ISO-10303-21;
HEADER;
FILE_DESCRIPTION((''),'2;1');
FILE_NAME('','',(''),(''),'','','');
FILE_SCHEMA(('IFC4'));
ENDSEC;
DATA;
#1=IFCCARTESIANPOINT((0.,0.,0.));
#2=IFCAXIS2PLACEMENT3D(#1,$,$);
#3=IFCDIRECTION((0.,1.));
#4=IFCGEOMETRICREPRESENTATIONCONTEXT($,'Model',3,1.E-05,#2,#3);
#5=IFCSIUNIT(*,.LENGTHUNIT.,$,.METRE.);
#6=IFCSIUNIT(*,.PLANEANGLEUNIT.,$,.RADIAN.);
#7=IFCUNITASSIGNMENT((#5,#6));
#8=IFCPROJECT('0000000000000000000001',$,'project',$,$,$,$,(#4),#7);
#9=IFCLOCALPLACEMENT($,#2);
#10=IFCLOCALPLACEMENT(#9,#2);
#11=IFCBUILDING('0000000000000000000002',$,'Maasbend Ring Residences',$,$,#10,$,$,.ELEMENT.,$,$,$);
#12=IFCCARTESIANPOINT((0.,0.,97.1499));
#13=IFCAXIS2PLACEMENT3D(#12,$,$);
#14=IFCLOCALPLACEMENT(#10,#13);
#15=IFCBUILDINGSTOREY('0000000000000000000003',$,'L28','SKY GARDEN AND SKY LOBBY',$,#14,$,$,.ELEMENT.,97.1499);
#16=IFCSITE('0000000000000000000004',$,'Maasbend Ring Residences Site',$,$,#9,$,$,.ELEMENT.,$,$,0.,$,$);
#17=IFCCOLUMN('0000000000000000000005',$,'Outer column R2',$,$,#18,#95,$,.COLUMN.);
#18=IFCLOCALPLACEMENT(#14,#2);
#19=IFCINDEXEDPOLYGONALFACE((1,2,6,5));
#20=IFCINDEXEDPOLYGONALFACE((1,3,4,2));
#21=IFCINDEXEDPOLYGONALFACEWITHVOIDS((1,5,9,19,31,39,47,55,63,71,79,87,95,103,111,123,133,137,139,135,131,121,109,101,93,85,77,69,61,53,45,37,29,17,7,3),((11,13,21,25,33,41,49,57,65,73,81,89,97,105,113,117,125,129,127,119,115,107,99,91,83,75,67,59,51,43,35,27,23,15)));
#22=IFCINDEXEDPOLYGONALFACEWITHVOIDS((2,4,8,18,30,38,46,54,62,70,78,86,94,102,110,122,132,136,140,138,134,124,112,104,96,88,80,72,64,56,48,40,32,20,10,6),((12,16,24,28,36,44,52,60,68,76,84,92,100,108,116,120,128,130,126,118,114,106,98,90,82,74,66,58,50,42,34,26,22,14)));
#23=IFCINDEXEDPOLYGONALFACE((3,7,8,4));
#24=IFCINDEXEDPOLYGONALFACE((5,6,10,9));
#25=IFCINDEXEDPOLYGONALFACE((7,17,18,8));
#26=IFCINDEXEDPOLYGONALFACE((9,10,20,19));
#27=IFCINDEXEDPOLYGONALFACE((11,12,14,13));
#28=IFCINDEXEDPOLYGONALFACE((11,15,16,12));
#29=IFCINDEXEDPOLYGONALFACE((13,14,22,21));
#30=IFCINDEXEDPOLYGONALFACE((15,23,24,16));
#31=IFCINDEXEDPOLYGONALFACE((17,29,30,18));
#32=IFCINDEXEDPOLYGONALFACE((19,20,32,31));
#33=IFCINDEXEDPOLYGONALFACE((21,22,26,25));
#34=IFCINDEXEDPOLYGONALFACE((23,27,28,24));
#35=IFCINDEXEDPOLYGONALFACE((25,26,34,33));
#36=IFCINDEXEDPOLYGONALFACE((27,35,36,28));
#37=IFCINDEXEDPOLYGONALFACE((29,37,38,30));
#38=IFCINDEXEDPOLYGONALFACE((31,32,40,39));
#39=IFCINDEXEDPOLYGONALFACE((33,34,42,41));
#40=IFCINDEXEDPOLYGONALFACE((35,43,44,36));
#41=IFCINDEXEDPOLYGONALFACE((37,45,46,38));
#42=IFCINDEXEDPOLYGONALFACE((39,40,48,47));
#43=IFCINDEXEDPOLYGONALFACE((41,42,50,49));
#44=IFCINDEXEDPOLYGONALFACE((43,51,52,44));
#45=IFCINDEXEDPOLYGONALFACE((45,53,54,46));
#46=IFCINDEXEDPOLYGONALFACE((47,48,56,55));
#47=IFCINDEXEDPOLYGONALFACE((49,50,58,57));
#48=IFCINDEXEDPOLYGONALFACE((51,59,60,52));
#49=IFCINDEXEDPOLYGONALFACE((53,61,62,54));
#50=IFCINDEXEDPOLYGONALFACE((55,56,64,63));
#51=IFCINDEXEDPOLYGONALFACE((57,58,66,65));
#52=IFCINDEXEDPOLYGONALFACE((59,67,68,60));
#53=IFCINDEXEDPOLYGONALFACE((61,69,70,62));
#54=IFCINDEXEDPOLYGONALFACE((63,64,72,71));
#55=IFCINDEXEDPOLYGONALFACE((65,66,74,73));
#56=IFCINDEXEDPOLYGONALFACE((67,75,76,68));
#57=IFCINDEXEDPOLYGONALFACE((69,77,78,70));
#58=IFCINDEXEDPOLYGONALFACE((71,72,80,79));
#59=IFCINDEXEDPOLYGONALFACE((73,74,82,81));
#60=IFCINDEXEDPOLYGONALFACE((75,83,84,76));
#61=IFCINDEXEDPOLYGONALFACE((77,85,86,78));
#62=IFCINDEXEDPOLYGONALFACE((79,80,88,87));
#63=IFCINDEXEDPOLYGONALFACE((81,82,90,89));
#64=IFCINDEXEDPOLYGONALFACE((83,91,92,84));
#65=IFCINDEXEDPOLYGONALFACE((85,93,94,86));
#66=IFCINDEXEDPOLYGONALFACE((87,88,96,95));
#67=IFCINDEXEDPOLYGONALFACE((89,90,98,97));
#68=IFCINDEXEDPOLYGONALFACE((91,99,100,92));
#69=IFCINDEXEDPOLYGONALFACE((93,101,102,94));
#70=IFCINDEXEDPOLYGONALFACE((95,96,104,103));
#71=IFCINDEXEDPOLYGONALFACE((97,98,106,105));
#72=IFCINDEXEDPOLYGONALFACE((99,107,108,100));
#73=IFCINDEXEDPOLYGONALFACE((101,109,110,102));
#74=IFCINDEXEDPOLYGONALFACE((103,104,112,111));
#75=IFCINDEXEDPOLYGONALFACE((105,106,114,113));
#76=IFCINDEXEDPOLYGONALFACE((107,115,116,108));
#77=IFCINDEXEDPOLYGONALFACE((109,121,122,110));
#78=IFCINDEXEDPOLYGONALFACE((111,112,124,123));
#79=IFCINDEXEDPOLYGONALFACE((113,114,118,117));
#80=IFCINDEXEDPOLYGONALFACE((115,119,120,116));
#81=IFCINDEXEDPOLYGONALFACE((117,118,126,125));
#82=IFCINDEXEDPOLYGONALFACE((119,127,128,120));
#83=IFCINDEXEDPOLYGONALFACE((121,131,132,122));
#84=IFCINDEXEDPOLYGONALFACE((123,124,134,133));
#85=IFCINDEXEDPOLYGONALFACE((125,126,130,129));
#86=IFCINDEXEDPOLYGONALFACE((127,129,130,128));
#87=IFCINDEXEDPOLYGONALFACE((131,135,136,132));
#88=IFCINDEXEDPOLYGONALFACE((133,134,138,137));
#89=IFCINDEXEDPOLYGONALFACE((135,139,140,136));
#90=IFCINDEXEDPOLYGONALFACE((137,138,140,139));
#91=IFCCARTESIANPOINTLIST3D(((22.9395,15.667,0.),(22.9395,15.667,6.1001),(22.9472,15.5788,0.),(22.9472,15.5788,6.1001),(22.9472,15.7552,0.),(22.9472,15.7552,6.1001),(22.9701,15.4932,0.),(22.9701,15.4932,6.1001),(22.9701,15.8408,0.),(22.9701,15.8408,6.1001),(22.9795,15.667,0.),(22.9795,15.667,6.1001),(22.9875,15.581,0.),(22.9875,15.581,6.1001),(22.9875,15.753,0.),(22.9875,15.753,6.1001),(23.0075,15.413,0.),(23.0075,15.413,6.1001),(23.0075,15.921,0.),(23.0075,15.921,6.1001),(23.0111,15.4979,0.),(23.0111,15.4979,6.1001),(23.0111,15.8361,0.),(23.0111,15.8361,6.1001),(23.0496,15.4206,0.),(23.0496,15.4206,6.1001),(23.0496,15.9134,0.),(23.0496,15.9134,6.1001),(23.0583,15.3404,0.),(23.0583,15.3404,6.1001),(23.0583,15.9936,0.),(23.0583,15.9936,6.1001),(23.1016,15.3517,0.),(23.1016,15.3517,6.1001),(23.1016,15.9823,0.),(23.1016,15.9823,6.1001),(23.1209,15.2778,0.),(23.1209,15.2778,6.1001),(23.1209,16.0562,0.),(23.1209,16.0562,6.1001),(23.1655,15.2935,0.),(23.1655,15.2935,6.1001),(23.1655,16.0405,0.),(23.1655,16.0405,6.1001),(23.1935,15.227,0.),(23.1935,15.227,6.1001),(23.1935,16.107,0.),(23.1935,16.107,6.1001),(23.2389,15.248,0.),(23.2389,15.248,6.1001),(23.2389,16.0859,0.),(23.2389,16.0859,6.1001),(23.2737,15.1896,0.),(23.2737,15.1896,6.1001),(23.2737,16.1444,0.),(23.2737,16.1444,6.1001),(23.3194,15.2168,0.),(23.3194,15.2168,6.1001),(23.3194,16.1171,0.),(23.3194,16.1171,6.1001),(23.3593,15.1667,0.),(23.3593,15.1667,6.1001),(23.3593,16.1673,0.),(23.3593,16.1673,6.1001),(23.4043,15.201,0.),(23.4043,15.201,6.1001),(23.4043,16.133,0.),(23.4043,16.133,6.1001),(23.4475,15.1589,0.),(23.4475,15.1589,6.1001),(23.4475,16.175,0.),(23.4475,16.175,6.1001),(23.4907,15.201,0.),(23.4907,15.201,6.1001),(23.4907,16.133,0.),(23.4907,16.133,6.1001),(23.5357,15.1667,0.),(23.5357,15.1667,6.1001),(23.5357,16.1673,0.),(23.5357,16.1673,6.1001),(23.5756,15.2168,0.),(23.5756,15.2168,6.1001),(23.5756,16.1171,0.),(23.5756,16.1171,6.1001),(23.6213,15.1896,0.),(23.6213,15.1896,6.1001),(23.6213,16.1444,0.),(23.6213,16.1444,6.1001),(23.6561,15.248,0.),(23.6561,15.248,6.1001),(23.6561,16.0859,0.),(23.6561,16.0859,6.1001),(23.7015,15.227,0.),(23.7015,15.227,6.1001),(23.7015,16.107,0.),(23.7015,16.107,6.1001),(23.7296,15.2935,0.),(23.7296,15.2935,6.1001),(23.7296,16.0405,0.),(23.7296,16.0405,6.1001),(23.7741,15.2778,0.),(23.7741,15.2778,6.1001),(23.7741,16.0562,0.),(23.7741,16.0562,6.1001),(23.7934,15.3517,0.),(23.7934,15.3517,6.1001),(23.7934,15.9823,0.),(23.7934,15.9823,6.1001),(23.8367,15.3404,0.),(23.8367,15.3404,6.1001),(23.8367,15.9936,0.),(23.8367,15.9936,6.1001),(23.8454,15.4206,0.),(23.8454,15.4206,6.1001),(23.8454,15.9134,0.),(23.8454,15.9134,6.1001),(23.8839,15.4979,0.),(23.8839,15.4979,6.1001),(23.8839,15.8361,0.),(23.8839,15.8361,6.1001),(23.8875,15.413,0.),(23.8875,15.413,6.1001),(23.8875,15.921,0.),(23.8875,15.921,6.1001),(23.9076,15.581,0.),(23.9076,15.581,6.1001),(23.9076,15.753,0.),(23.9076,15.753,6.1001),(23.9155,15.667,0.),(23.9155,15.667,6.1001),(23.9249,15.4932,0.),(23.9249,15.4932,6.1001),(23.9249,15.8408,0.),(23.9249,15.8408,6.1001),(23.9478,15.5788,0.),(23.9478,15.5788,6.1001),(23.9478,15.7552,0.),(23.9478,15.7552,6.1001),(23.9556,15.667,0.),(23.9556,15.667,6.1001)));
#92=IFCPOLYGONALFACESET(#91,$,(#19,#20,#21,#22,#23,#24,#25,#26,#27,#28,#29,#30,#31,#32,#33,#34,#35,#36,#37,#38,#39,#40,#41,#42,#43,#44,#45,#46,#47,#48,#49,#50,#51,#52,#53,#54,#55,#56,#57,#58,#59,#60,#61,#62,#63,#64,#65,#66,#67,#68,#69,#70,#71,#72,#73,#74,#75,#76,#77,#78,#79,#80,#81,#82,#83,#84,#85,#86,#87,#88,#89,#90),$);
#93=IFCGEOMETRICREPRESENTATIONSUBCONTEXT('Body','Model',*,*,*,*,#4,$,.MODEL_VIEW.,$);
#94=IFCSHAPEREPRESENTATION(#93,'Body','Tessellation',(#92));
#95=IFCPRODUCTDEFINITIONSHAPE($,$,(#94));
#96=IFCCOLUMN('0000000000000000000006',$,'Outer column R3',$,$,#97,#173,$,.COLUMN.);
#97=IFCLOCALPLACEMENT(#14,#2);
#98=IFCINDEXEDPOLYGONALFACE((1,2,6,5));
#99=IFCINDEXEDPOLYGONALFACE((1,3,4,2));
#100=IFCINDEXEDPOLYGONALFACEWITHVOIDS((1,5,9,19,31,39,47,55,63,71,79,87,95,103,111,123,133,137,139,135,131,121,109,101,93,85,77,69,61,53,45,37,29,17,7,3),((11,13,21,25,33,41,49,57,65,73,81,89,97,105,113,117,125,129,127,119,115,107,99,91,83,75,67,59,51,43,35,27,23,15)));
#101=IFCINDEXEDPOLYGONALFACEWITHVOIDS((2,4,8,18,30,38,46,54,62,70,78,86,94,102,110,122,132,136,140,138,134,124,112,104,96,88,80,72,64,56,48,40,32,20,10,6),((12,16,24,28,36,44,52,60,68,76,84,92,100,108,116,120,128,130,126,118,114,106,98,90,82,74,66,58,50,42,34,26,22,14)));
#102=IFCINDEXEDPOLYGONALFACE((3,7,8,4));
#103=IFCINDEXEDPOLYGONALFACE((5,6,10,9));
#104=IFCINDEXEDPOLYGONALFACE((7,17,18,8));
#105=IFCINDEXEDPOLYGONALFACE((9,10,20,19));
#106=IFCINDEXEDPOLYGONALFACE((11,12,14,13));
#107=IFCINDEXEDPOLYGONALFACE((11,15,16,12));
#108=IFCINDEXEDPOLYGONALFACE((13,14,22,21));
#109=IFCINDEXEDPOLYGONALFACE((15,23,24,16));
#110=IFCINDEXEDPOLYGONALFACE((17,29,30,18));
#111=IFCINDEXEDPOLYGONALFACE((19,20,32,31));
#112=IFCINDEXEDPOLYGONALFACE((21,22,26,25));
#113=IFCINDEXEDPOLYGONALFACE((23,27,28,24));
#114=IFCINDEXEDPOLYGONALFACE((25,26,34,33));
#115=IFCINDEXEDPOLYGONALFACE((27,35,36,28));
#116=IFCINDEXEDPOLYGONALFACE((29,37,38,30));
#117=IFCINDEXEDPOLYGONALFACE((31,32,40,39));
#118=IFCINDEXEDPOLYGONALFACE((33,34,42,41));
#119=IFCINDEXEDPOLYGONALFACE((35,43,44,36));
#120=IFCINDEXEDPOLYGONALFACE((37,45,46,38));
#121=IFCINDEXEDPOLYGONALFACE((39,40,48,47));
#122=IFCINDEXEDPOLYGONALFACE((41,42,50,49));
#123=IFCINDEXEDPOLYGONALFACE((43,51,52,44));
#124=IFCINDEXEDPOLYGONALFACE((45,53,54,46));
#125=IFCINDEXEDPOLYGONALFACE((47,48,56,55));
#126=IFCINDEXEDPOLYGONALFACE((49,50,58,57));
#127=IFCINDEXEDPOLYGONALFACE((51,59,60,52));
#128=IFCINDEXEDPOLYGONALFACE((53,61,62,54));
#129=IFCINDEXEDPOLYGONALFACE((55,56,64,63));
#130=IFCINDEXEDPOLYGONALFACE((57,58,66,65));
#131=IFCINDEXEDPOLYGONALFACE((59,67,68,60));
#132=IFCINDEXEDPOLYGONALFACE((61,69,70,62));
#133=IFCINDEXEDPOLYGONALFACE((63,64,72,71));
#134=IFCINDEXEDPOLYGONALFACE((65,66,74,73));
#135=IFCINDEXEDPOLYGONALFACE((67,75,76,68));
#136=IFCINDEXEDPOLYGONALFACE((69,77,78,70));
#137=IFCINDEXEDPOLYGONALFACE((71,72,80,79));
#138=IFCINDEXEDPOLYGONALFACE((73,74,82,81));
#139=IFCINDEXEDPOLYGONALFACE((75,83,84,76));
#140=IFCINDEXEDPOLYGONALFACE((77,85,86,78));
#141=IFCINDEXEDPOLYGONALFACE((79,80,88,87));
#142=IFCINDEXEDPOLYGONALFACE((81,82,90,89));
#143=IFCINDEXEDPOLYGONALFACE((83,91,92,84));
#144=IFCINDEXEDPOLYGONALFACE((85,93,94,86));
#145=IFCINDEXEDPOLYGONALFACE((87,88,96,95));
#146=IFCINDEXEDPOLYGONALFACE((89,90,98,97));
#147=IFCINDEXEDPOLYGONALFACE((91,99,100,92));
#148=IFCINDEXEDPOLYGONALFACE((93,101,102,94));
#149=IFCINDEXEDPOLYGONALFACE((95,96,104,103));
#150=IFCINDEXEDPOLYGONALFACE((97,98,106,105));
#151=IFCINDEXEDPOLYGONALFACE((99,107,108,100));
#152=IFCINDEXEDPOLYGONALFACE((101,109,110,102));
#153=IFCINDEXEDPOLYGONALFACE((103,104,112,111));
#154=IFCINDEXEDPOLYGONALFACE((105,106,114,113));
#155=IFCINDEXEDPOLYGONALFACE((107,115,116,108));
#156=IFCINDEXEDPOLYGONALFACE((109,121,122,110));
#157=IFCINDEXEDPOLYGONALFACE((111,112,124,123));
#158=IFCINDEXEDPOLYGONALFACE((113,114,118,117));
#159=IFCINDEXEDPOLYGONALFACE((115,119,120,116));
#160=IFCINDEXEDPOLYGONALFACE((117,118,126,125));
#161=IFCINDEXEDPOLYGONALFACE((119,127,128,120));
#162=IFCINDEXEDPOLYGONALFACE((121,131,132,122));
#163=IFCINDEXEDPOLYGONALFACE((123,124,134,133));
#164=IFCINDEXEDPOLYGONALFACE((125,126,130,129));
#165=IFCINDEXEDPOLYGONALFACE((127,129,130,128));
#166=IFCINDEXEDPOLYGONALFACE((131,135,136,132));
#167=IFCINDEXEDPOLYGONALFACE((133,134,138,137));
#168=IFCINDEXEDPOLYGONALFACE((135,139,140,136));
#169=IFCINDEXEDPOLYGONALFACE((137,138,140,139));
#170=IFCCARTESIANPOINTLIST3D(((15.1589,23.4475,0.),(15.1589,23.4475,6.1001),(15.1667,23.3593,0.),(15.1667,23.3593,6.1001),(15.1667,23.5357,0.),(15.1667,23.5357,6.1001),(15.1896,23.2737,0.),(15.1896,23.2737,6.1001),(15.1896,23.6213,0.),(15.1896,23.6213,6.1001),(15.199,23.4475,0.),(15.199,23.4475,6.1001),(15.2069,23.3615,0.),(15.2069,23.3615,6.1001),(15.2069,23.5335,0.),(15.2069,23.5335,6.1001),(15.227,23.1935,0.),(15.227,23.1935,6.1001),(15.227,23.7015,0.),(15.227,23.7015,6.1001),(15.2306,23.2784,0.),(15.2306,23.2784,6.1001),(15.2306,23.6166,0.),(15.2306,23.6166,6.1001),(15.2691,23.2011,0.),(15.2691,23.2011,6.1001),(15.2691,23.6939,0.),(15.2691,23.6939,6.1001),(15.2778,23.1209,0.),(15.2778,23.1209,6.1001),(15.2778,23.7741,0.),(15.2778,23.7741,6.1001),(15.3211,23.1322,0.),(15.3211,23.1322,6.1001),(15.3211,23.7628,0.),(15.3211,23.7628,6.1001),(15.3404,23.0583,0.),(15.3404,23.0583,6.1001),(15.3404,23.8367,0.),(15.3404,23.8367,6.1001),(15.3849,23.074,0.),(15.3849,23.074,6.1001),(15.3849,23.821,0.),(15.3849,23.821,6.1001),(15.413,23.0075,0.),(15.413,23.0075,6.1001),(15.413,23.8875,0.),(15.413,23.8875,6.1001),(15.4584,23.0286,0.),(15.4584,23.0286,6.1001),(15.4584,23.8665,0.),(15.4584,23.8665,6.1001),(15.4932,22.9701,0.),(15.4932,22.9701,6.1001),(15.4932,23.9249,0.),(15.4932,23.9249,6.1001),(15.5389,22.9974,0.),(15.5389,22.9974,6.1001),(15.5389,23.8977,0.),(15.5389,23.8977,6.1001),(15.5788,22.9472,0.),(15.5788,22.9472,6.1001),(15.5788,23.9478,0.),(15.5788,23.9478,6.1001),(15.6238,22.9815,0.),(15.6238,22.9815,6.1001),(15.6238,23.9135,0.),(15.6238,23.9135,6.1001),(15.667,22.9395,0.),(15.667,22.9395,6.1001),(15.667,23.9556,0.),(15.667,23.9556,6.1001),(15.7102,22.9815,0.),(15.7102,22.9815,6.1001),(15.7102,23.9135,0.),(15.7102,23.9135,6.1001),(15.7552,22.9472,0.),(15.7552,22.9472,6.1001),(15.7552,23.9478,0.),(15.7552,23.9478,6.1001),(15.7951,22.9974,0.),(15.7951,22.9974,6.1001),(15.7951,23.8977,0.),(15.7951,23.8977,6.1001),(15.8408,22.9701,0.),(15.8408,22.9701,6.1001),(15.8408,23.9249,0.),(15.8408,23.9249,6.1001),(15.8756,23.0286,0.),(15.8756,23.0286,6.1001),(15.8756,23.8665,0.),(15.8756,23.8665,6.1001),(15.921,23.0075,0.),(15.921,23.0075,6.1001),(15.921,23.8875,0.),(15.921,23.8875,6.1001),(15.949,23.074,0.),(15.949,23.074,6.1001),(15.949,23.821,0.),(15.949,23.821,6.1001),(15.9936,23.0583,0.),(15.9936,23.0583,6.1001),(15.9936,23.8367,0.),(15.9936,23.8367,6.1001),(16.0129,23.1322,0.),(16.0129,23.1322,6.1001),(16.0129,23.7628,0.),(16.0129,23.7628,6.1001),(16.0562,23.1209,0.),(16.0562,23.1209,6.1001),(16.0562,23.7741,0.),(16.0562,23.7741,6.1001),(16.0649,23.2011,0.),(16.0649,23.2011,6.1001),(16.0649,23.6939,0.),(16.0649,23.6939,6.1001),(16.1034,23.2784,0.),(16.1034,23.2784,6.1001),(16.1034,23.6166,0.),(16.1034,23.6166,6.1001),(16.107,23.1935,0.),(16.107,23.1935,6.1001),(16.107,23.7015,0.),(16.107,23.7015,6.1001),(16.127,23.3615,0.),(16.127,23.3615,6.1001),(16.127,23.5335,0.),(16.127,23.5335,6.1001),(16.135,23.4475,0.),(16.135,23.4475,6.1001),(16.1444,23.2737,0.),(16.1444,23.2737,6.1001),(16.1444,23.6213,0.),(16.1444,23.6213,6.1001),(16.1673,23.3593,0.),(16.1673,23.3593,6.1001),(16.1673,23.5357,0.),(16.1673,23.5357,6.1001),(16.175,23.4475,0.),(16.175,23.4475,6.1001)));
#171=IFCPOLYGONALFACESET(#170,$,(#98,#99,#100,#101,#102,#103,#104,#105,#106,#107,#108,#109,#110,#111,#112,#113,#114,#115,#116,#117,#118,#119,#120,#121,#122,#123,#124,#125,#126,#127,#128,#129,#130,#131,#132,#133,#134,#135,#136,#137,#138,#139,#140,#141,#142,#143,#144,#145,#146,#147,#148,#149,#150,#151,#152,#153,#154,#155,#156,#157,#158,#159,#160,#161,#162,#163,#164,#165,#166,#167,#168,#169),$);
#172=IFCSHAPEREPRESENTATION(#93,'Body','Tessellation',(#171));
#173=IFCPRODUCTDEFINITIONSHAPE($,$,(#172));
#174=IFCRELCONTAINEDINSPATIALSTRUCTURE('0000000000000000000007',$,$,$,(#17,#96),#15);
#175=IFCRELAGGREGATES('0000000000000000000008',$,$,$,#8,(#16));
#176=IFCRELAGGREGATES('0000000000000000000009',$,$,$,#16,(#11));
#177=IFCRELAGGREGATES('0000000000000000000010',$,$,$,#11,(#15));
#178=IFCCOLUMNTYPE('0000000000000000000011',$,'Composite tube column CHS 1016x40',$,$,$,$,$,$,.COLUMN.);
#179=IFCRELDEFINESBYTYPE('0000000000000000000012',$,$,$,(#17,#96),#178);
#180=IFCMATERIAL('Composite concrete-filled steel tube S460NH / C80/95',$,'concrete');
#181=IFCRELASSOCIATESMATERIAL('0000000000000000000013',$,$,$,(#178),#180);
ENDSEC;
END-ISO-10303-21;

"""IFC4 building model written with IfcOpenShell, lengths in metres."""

from ifc_helpers import new_model, si_unit, direction, frame, origin, origin_2d, place, context, subcontext, project, spatial, hollow_circle, extrude, material, material_profile, profile_set, type_object, element, save


model = new_model("IFC4")

# Units and contexts
model_context = context("Model", 3, precision=1e-05, world=origin(), true_north=direction((0.0, 1.0)))
body_context = subcontext(model_context, "Body", "Model", "MODEL_VIEW")
ifc_project = project(units=[si_unit("LENGTHUNIT", "METRE"), si_unit("PLANEANGLEUNIT", "RADIAN")], contexts=[model_context])

# Site, building, storey
site_placement = place(None, origin())
site = spatial("IfcSite", under=ifc_project, at=site_placement, Name="Maasbend Ring Residences Site", CompositionType="ELEMENT", RefElevation=0.0)
building_placement = place(site_placement, origin())
building = spatial("IfcBuilding", under=site, at=building_placement, Name="Maasbend Ring Residences", CompositionType="ELEMENT")
storey_placement = place(building_placement, frame((0.0, 0.0, 97.1499)))
storey = spatial("IfcBuildingStorey", under=building, at=storey_placement, Name="L28", Description="SKY GARDEN AND SKY LOBBY", CompositionType="ELEMENT", Elevation=97.1499)

# Columns
ifc_material_1 = material(Name="Composite concrete-filled steel tube S460NH / C80/95", Category="concrete")
ifc_material_profile_1 = material_profile(ifc_material_1, hollow_circle(Radius=0.5081, WallThickness=0.04, at=origin_2d()), Name="Composite tube column CHS 1016x40")
ifc_profile_set_1 = profile_set([ifc_material_profile_1], Name="Composite concrete-filled steel tube S460NH / C80/95")
column_type_1 = type_object("IfcColumnType", Name="Composite tube column CHS 1016x40", PredefinedType="COLUMN", material=ifc_profile_set_1)
for number, where, z_axis, x_axis, name in (
    (1, (23.4475, 15.667, 0.0), (0.0, 0.0, 1.0), (1.0, 0.0, 0.0), "Outer column R2"),
    (2, (15.667, 23.4475, 0.0), (0.0, 0.0, 1.0), (1.0, 0.0, 0.0), "Outer column R3"),
):
    element("IfcColumn", number, at=place(storey_placement, frame(where, z_axis=z_axis, x_axis=x_axis)), inside=storey, type_object=column_type_1, Name=name, PredefinedType="COLUMN", context=body_context, shape_type="SweptSolid", body=[
        extrude(hollow_circle(Radius=0.5081, WallThickness=0.04, at=origin_2d()), origin(), (0.0, 0.0, 1.0), 6.1001),
    ])

save(model, "model.ifc")
